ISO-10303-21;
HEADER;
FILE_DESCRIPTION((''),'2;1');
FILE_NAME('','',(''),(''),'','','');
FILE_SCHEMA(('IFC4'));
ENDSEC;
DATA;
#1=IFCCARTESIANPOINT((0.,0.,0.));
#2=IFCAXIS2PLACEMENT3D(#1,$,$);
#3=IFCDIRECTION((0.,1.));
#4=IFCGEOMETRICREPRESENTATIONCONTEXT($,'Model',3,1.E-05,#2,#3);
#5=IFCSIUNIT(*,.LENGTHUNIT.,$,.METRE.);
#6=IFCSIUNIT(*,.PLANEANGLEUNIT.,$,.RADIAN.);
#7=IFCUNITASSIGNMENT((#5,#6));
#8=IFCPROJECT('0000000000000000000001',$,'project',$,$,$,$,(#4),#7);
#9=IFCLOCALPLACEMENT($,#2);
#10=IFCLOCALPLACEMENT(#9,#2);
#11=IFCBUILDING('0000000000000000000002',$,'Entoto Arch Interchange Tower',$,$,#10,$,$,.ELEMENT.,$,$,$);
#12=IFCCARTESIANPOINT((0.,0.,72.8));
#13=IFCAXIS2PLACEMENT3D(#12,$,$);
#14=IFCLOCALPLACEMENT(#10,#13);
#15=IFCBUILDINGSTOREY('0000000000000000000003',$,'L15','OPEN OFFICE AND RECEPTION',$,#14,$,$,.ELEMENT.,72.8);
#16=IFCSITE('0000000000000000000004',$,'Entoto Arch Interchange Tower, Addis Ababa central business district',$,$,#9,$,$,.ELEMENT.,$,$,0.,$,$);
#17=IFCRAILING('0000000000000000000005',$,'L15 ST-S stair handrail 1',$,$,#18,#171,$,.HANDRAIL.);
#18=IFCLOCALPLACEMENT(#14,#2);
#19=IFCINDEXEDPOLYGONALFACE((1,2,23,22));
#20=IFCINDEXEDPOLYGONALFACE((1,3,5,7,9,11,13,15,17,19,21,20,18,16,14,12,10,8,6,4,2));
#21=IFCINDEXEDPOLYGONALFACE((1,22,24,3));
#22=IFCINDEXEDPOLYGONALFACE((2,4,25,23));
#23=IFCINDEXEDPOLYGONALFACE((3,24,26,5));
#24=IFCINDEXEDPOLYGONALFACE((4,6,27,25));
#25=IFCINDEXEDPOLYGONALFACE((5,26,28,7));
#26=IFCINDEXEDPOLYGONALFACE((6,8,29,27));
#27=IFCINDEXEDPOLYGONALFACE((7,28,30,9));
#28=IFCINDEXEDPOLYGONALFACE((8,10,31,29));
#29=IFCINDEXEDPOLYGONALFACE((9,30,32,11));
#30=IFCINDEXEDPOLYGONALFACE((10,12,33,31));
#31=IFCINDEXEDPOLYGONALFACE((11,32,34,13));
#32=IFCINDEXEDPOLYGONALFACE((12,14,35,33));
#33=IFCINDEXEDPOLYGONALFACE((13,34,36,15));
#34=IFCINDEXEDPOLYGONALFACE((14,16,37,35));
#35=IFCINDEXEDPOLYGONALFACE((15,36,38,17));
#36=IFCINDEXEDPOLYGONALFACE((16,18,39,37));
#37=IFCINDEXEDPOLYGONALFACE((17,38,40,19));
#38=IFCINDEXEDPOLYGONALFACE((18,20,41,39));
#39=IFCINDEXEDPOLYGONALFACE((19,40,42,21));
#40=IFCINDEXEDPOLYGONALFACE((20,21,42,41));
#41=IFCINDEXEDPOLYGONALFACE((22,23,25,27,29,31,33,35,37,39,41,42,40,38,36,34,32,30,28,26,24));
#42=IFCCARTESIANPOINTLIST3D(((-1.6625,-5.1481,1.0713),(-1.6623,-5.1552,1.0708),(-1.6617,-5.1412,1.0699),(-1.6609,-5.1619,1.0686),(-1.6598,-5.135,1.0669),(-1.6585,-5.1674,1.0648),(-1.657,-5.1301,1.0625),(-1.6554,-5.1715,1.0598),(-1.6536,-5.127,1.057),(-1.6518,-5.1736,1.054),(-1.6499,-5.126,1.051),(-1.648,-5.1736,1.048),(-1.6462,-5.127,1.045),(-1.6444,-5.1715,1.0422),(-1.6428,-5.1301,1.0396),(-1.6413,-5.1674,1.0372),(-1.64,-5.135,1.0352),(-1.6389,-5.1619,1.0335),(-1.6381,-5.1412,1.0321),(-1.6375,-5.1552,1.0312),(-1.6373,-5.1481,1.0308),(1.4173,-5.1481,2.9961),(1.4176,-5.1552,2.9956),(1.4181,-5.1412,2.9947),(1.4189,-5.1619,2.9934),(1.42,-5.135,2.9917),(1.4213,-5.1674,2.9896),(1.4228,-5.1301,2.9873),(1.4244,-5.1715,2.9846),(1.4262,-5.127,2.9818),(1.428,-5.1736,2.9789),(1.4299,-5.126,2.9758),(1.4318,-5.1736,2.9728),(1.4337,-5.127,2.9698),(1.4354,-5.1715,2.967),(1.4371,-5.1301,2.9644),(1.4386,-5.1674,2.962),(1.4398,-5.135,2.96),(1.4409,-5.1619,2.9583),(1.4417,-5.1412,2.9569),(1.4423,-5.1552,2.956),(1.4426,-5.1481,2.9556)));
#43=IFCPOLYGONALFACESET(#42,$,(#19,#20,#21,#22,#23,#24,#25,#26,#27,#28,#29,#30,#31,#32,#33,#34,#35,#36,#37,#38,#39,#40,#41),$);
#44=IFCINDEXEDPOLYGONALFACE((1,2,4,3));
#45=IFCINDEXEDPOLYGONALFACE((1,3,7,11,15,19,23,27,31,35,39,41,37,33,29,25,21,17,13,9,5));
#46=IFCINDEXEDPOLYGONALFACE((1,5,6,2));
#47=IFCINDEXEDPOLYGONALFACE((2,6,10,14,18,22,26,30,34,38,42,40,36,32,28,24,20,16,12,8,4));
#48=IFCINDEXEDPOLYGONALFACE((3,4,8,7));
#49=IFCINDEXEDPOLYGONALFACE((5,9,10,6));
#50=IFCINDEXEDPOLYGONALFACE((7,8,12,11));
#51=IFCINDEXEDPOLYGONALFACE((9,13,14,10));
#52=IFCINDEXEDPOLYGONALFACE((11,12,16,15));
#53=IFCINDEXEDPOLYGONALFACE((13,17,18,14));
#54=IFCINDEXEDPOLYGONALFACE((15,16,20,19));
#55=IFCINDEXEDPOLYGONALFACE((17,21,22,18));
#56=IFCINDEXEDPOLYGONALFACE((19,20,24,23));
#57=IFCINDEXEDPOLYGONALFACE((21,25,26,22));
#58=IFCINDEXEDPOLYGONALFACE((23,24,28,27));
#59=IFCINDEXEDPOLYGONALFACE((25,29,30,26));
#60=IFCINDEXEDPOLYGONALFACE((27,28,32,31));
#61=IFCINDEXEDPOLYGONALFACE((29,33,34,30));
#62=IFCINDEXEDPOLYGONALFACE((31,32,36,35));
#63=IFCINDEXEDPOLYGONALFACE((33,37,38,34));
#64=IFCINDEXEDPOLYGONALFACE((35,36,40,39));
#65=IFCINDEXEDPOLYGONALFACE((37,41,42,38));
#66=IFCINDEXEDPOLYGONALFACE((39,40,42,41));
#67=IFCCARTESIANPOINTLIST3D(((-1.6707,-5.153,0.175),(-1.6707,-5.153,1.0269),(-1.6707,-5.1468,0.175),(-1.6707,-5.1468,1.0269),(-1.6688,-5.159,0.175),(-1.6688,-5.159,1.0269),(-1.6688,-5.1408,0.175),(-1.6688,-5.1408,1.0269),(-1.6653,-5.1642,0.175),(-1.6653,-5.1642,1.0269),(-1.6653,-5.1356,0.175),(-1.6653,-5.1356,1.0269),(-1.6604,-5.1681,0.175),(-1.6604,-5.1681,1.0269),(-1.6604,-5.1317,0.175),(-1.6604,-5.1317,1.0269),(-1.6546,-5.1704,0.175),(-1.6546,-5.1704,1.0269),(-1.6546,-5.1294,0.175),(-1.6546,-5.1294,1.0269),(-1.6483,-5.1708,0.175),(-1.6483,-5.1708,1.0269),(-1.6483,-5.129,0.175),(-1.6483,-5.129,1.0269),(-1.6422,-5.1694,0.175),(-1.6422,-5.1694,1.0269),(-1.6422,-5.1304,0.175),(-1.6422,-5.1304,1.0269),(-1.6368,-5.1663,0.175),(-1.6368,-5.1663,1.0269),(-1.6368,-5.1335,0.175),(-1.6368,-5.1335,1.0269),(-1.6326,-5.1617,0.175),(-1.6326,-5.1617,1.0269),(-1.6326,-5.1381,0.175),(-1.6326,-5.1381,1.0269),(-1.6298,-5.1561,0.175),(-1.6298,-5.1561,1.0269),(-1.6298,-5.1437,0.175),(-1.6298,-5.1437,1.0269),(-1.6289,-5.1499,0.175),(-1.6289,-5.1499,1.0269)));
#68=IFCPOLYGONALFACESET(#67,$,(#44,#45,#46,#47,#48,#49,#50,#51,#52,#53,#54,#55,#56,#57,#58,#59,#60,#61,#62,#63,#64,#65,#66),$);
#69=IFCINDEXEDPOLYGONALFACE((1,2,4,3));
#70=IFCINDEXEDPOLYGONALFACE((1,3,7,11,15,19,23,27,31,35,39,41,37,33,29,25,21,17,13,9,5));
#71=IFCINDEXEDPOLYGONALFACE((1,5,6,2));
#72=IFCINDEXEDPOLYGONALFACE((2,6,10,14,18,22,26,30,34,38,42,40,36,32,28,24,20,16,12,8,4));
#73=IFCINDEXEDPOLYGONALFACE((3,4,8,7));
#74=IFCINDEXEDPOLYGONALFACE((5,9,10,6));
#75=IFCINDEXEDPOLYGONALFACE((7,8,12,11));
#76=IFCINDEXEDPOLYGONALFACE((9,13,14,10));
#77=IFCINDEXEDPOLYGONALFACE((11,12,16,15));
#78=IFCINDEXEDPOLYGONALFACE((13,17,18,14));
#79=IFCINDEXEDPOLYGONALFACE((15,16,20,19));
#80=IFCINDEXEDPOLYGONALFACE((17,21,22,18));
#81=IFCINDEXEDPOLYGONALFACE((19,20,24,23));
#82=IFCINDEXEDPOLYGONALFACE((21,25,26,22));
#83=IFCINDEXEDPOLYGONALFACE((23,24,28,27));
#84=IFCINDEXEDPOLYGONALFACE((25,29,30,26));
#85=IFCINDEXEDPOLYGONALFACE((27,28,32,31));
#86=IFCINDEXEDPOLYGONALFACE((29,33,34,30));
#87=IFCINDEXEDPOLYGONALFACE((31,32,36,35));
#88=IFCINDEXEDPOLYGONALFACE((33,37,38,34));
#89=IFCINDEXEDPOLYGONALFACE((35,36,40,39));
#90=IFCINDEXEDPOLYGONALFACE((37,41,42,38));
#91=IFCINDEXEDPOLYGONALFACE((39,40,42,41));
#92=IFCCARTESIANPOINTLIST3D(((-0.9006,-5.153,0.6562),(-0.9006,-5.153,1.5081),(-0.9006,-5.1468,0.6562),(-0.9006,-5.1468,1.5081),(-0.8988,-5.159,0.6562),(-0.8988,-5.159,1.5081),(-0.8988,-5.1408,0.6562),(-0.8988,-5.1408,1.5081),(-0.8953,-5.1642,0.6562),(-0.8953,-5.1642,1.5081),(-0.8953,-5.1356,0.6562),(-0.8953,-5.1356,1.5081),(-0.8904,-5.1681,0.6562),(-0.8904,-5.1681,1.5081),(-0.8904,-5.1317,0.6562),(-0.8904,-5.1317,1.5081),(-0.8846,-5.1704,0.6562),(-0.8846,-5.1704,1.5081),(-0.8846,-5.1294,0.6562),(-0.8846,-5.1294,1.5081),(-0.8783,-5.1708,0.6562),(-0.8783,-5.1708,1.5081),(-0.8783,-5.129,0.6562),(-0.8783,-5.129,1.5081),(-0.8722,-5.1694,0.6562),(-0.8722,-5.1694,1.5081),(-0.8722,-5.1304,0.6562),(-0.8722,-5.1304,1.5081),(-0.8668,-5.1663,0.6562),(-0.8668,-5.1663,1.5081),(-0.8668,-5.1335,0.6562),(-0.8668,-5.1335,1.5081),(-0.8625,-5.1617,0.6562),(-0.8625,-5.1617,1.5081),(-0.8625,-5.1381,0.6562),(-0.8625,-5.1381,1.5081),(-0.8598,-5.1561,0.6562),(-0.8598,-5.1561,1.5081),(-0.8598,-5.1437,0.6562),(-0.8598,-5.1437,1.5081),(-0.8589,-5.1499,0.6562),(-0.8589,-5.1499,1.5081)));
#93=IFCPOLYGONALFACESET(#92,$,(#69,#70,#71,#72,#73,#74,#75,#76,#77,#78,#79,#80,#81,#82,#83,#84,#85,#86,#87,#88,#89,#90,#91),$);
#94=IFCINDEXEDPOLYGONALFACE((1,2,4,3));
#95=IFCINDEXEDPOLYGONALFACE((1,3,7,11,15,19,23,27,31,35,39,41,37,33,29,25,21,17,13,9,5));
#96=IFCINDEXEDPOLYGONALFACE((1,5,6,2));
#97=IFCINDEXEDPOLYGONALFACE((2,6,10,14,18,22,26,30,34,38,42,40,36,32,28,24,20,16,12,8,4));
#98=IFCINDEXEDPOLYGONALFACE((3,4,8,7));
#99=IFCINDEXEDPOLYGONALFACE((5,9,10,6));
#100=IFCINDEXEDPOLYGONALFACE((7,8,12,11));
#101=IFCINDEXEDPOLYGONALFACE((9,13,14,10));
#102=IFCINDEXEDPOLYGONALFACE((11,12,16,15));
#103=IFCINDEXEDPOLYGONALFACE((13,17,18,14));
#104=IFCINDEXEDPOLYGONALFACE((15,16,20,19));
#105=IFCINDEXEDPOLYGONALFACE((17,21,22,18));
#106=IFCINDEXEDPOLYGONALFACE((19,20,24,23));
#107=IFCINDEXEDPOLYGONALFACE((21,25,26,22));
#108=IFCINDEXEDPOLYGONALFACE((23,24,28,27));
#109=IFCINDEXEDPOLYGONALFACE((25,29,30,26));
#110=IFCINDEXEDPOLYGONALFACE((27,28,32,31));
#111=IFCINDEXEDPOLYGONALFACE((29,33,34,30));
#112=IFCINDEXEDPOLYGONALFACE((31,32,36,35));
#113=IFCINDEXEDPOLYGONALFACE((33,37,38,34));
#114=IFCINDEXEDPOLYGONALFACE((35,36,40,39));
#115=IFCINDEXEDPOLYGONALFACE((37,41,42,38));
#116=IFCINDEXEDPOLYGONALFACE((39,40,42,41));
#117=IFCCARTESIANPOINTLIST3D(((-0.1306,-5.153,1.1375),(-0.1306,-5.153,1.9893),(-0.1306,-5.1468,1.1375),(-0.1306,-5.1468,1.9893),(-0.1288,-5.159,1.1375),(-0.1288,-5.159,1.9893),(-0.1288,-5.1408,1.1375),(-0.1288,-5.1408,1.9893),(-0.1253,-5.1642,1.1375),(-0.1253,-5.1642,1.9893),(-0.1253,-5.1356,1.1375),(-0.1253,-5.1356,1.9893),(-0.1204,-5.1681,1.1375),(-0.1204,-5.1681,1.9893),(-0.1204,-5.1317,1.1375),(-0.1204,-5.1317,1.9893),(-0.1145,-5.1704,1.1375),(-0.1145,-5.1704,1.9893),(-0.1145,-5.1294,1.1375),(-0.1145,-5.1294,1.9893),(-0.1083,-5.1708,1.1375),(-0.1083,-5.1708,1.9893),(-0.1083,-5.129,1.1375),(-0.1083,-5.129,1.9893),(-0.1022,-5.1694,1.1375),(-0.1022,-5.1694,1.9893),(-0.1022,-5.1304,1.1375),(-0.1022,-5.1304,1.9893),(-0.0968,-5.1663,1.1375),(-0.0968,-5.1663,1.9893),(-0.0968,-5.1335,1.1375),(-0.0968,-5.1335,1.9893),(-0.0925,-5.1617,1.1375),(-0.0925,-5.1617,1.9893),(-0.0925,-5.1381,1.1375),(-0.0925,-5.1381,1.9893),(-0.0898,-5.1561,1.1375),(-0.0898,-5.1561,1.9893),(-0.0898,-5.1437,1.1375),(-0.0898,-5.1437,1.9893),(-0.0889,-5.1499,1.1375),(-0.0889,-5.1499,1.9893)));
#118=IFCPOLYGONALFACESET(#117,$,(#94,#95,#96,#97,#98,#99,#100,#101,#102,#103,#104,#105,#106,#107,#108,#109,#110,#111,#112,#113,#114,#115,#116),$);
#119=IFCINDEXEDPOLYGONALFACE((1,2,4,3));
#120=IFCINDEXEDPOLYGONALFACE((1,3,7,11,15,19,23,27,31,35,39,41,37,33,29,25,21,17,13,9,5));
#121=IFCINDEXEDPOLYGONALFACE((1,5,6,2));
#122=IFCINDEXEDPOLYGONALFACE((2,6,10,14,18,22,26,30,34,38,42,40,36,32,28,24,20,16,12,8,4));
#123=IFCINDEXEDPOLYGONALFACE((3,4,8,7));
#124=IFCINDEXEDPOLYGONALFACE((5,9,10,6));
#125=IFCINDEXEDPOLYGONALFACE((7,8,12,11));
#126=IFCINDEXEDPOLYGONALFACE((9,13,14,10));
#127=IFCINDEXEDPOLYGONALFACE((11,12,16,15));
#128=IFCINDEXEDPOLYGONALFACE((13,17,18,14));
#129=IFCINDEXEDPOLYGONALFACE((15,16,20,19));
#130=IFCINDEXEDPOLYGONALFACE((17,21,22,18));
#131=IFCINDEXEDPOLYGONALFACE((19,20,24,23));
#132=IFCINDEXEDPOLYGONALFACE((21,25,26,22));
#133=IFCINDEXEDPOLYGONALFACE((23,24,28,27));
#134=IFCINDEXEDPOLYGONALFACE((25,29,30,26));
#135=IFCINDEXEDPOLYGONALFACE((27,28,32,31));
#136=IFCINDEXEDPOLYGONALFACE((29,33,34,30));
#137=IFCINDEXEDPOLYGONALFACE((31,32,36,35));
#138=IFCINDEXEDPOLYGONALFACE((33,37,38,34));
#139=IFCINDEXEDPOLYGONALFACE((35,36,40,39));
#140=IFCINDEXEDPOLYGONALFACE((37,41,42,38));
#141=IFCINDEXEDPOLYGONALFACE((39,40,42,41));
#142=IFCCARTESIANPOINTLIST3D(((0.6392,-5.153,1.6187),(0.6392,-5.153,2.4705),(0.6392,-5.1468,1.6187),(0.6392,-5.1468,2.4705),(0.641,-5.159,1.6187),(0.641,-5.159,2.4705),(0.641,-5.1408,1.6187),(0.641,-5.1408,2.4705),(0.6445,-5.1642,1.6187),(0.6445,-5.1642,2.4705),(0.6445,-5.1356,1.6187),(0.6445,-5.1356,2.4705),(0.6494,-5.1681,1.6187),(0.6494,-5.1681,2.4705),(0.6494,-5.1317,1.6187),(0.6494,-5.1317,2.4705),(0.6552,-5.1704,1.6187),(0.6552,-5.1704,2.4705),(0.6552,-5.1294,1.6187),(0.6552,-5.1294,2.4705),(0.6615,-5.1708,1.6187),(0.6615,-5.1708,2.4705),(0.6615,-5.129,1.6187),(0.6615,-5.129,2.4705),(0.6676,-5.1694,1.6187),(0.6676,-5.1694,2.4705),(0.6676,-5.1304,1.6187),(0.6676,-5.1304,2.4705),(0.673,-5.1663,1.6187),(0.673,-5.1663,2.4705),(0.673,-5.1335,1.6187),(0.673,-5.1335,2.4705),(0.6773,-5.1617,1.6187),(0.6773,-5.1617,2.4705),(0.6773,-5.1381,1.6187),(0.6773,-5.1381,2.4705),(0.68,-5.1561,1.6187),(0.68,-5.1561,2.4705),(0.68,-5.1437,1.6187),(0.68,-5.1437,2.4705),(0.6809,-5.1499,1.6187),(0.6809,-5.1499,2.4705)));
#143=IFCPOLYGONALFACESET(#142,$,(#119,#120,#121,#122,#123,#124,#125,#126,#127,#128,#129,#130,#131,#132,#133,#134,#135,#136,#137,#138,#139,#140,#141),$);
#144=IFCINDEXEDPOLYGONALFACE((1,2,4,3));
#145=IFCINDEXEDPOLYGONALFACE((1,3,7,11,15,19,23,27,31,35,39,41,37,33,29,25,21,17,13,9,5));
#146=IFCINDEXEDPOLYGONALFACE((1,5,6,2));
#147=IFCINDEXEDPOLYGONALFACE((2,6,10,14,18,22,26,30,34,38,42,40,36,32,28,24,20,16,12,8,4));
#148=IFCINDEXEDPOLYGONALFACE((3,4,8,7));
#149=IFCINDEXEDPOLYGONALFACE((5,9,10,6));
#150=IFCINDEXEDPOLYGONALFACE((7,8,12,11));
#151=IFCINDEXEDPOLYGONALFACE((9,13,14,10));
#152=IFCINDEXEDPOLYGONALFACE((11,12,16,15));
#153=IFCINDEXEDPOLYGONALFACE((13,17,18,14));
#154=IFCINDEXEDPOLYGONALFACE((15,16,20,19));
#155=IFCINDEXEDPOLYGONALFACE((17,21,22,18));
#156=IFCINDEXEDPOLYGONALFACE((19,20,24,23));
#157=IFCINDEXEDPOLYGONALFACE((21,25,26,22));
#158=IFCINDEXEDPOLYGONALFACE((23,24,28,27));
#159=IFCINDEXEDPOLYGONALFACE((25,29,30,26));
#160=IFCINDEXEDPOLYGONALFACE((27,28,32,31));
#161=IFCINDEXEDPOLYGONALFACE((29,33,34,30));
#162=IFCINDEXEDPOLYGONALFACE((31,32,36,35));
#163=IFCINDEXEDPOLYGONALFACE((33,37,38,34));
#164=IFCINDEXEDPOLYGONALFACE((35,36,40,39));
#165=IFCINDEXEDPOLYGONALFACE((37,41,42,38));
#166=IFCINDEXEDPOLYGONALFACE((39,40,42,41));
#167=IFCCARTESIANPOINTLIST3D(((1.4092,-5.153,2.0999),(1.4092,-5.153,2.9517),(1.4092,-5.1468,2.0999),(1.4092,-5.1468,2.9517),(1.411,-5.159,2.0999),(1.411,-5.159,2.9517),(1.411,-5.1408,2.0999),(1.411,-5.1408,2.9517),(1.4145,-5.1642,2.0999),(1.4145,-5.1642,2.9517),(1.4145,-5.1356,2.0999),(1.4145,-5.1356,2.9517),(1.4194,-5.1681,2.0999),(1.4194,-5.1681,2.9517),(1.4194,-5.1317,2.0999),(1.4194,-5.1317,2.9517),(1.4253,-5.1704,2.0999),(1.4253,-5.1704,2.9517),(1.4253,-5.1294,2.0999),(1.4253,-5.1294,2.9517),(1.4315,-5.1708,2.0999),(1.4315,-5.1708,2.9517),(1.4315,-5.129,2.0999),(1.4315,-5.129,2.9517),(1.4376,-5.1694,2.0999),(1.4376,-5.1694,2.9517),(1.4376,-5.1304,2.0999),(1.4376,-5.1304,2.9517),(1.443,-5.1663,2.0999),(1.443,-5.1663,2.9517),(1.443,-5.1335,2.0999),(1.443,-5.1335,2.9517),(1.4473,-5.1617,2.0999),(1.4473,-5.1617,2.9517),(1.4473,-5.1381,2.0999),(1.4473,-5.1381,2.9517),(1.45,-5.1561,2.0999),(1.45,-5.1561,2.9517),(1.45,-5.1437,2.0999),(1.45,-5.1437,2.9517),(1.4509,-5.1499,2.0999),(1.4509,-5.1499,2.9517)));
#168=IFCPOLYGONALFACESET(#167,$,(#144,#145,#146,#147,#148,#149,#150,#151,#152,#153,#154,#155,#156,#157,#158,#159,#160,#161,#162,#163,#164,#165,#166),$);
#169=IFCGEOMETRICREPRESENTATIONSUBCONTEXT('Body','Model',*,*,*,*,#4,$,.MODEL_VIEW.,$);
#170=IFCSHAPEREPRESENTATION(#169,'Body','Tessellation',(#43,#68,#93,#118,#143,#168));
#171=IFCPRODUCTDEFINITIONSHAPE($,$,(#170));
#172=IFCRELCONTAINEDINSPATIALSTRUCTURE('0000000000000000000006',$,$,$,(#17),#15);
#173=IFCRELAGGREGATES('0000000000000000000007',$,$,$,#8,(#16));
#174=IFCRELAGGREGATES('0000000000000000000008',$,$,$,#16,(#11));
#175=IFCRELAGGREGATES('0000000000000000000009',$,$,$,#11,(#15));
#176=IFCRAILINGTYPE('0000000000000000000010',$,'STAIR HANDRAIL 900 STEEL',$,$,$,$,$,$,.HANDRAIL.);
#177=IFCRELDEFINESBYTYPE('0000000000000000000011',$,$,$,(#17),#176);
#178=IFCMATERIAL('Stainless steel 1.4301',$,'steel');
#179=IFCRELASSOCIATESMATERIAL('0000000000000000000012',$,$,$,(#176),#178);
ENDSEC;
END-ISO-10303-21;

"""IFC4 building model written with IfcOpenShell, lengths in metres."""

from ifc_helpers import new_model, si_unit, direction, frame, origin, origin_2d, place, context, subcontext, project, spatial, circle, extrude, material, type_object, element, save


model = new_model("IFC4")

# Units and contexts
model_context = context("Model", 3, precision=1e-05, world=origin(), true_north=direction((0.0, 1.0)))
body_context = subcontext(model_context, "Body", "Model", "MODEL_VIEW")
ifc_project = project(units=[si_unit("LENGTHUNIT", "METRE"), si_unit("PLANEANGLEUNIT", "RADIAN")], contexts=[model_context])

# Site, building, storey
site_placement = place(None, origin())
site = spatial("IfcSite", under=ifc_project, at=site_placement, Name="Entoto Arch Interchange Tower, Addis Ababa central business district", CompositionType="ELEMENT", RefElevation=0.0)
building_placement = place(site_placement, origin())
building = spatial("IfcBuilding", under=site, at=building_placement, Name="Entoto Arch Interchange Tower", CompositionType="ELEMENT")
storey_placement = place(building_placement, frame((0.0, 0.0, 72.8)))
storey = spatial("IfcBuildingStorey", under=building, at=storey_placement, Name="L15", Description="OPEN OFFICE AND RECEPTION", CompositionType="ELEMENT", Elevation=72.8)

# Railing
ifc_material_1 = material(Name="Stainless steel 1.4301", Category="steel")
railing_type_1 = type_object("IfcRailingType", Name="STAIR HANDRAIL 900 STEEL", PredefinedType="HANDRAIL", material=ifc_material_1)
railing_1_placement = place(storey_placement, frame((-1.6499, -5.1499, 0.175)))
element("IfcRailing", 1, at=railing_1_placement, inside=storey, type_object=railing_type_1, Name="L15 ST-S stair handrail 1", PredefinedType="HANDRAIL", context=body_context, shape_type="SweptSolid", body=[
    extrude(circle(Radius=0.0239, at=origin_2d()), frame((0.0, 0.0, 0.876), z_axis=(0.84801, 0.0, 0.529981), x_axis=(0.0, 1.0, 0.0)), (0.0, 0.0, 1.0), 3.6318),
    extrude(circle(Radius=0.021, at=origin_2d()), origin(), (0.0, 0.0, 1.0), 0.8518),
    extrude(circle(Radius=0.021, at=origin_2d()), frame((0.77, 0.0, 0.4812)), (0.0, 0.0, 1.0), 0.8518),
    extrude(circle(Radius=0.021, at=origin_2d()), frame((1.54, 0.0, 0.9624)), (0.0, 0.0, 1.0), 0.8518),
    extrude(circle(Radius=0.021, at=origin_2d()), frame((2.3098, 0.0, 1.4436)), (0.0, 0.0, 1.0), 0.8518),
    extrude(circle(Radius=0.021, at=origin_2d()), frame((3.0798, 0.0, 1.9248)), (0.0, 0.0, 1.0), 0.8518),
])

save(model, "model.ifc")
